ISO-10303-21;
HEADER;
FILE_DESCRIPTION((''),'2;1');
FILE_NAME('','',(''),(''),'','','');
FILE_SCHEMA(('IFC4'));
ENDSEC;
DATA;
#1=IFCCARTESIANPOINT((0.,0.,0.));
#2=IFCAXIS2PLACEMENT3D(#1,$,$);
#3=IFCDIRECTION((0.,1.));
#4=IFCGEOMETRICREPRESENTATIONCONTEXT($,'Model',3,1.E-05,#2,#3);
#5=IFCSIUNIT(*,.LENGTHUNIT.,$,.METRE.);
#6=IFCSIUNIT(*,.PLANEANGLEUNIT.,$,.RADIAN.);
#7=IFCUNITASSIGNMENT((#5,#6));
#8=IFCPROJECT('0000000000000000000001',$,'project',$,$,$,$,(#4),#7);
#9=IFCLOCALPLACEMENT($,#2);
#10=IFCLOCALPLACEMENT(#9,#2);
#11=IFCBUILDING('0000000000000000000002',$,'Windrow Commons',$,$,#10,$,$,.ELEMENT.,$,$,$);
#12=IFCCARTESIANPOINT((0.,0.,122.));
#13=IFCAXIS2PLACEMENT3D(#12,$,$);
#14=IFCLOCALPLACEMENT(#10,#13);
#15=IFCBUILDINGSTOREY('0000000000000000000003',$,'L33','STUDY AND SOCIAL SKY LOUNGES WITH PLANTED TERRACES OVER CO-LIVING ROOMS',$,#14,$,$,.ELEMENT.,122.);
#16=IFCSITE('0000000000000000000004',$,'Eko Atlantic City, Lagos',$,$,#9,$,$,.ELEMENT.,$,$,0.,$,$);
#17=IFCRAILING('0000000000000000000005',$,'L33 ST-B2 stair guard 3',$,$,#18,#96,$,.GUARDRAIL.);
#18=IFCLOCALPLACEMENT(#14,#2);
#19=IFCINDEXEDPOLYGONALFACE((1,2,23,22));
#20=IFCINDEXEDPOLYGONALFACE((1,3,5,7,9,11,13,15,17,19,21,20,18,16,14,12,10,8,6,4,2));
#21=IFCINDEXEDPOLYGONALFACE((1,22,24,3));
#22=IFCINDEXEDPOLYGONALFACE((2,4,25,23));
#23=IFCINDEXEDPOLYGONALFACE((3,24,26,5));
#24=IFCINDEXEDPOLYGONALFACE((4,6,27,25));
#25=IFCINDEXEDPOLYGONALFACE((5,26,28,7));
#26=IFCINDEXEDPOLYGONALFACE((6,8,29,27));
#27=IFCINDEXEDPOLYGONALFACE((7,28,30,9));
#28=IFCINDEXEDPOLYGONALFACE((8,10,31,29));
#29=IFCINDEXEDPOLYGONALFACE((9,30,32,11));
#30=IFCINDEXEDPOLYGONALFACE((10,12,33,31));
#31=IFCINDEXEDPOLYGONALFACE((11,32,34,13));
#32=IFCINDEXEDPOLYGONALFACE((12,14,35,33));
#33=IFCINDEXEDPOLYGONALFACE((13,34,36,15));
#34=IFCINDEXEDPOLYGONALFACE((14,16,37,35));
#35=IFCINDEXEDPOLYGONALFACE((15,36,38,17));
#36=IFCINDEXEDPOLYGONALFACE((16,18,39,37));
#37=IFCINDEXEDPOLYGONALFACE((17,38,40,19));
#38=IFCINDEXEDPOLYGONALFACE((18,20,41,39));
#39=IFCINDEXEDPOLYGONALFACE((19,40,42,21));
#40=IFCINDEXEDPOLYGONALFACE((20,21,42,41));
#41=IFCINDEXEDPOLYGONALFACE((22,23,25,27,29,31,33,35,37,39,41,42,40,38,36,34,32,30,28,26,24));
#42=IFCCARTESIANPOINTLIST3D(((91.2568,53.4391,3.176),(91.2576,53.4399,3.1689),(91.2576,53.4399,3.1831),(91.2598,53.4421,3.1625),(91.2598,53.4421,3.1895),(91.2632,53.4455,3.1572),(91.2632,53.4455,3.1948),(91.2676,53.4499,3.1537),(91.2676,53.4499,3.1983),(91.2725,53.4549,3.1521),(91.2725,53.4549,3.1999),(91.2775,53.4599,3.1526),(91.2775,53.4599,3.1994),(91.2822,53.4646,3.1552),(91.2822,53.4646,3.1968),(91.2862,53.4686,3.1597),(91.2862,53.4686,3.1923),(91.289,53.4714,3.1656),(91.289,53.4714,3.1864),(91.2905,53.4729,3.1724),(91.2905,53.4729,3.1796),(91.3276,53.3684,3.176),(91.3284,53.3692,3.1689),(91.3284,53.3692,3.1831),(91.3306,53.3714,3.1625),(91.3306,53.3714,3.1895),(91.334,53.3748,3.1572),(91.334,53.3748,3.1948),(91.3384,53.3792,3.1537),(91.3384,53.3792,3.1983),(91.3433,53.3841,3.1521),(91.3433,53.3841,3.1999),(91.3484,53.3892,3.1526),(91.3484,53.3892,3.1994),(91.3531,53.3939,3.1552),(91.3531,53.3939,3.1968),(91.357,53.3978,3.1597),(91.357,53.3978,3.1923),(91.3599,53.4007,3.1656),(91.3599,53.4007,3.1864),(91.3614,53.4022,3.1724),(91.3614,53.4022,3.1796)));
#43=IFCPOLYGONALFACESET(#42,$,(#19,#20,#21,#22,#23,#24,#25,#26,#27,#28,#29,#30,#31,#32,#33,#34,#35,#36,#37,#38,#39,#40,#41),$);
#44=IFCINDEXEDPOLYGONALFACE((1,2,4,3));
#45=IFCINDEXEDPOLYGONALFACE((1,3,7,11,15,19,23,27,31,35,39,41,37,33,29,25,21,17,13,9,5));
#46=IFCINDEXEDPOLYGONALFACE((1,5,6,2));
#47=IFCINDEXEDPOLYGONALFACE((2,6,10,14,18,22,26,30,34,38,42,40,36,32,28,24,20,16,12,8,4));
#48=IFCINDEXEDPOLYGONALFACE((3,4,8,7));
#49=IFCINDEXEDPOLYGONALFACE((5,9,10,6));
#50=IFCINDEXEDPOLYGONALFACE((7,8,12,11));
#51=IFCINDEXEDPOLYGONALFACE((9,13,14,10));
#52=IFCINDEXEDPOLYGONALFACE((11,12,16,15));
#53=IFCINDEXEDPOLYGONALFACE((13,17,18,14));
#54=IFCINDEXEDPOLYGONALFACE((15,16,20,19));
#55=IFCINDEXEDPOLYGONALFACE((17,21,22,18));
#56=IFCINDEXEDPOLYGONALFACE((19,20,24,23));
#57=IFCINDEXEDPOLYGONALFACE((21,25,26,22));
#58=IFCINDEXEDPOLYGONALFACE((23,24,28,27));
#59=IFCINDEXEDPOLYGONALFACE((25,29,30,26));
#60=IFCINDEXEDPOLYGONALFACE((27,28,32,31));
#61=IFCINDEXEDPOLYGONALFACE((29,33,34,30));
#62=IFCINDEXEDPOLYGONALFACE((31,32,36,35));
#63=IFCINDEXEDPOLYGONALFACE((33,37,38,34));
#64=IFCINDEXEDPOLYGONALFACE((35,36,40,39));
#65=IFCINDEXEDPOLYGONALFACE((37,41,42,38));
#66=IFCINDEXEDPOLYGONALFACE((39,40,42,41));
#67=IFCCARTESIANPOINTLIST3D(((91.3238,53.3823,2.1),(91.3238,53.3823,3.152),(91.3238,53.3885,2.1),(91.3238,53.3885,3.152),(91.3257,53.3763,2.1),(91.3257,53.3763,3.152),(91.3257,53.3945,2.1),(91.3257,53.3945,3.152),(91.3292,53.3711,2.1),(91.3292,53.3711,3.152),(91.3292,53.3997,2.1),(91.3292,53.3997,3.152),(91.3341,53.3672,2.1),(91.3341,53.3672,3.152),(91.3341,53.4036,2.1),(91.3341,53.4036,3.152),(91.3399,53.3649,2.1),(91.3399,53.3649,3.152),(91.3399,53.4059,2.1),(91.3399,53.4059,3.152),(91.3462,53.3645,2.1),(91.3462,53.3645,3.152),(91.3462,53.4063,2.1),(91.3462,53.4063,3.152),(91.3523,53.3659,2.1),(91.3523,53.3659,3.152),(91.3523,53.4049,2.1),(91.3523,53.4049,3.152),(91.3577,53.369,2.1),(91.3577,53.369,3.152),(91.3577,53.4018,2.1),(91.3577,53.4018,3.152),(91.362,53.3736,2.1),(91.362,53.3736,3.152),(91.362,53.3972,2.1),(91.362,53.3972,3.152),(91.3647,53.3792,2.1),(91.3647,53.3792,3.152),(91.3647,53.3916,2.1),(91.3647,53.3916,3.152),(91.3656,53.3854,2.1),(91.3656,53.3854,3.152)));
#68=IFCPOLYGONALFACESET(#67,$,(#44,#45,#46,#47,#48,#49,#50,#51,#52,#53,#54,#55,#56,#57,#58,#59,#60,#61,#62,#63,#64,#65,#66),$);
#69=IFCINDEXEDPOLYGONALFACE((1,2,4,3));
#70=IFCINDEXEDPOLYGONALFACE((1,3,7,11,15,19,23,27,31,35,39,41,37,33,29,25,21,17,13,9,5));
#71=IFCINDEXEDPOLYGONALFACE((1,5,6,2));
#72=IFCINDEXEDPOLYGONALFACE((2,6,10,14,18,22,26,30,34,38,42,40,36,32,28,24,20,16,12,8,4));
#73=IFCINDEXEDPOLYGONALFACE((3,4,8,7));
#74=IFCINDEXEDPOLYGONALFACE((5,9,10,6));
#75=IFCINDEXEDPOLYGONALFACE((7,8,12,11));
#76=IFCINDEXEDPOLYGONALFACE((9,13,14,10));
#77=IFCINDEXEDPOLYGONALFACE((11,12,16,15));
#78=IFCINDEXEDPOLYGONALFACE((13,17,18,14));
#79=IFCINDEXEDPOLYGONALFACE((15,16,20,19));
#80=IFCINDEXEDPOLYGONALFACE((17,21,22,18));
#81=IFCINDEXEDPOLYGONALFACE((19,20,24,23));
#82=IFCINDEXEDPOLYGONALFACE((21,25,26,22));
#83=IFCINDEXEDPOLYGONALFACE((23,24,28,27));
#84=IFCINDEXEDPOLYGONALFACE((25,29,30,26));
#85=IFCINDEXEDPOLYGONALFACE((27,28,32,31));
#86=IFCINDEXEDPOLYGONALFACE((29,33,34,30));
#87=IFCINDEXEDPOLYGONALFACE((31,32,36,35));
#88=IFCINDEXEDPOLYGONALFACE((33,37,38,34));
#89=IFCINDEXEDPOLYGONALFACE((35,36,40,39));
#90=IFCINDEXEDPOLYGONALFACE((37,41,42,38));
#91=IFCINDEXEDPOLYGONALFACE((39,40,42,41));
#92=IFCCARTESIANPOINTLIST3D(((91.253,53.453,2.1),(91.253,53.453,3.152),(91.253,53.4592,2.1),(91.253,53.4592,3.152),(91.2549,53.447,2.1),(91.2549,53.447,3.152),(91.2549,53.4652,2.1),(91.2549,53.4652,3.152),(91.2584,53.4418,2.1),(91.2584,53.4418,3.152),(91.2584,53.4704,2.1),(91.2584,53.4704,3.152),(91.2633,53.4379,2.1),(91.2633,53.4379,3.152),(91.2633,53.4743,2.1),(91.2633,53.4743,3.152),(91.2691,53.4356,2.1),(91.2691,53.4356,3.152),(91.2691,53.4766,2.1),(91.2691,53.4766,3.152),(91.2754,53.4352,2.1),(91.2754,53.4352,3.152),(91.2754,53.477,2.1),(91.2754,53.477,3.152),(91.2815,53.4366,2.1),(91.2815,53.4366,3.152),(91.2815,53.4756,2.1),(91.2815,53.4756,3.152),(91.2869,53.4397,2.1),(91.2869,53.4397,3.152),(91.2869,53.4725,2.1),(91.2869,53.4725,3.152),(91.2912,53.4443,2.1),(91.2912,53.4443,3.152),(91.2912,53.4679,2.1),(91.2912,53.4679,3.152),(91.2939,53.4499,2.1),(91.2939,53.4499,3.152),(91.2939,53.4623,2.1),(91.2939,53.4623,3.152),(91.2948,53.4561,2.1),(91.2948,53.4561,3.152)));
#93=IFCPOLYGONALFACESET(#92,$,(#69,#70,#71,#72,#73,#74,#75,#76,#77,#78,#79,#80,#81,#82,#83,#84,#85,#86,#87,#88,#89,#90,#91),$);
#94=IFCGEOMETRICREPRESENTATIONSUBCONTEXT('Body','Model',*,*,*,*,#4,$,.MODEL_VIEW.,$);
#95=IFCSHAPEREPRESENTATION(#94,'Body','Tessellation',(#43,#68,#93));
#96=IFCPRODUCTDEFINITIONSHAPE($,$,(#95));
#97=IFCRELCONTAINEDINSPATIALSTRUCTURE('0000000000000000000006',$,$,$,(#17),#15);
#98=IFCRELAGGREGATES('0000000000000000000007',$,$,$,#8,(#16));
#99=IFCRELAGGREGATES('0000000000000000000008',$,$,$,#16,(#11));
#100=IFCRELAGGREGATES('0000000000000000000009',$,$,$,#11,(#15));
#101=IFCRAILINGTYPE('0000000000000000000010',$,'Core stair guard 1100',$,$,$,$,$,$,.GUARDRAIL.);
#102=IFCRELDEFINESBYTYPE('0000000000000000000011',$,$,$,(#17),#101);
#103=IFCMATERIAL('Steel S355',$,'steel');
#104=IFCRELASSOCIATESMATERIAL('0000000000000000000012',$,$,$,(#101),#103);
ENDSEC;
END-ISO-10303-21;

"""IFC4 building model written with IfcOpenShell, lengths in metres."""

from ifc_helpers import new_model, si_unit, direction, frame, origin, origin_2d, place, context, subcontext, project, spatial, circle, extrude, material, type_object, element, save


model = new_model("IFC4")

# Units and contexts
model_context = context("Model", 3, precision=1e-05, world=origin(), true_north=direction((0.0, 1.0)))
body_context = subcontext(model_context, "Body", "Model", "MODEL_VIEW")
ifc_project = project(units=[si_unit("LENGTHUNIT", "METRE"), si_unit("PLANEANGLEUNIT", "RADIAN")], contexts=[model_context])

# Site, building, storey
site_placement = place(None, origin())
site = spatial("IfcSite", under=ifc_project, at=site_placement, Name="Eko Atlantic City, Lagos", CompositionType="ELEMENT", RefElevation=0.0)
building_placement = place(site_placement, origin())
building = spatial("IfcBuilding", under=site, at=building_placement, Name="Windrow Commons", CompositionType="ELEMENT")
storey_placement = place(building_placement, frame((0.0, 0.0, 122.0)))
storey = spatial("IfcBuildingStorey", under=building, at=storey_placement, Name="L33", Description="STUDY AND SOCIAL SKY LOUNGES WITH PLANTED TERRACES OVER CO-LIVING ROOMS", CompositionType="ELEMENT", Elevation=122.0)

# Railing
ifc_material_1 = material(Name="Steel S355", Category="steel")
railing_type_1 = type_object("IfcRailingType", Name="Core stair guard 1100", PredefinedType="GUARDRAIL", material=ifc_material_1)
railing_1_placement = place(storey_placement, frame((91.3446, 53.3854, 2.1)))
element("IfcRailing", 1, at=railing_1_placement, inside=storey, type_object=railing_type_1, Name="L33 ST-B2 stair guard 3", PredefinedType="GUARDRAIL", context=body_context, shape_type="SweptSolid", body=[
    extrude(circle(Radius=0.024, at=origin_2d()), frame((0.0, 0.0, 1.076), z_axis=(-0.707606, 0.706607, 0.0), x_axis=(-0.706607, -0.707606, 0.0)), (0.0, 0.0, 1.0), 0.1001),
    extrude(circle(Radius=0.021, at=origin_2d()), origin(), (0.0, 0.0, 1.0), 1.052),
    extrude(circle(Radius=0.021, at=origin_2d()), frame((-0.0708, 0.0707, 0.0)), (0.0, 0.0, 1.0), 1.052),
])

save(model, "model.ifc")
